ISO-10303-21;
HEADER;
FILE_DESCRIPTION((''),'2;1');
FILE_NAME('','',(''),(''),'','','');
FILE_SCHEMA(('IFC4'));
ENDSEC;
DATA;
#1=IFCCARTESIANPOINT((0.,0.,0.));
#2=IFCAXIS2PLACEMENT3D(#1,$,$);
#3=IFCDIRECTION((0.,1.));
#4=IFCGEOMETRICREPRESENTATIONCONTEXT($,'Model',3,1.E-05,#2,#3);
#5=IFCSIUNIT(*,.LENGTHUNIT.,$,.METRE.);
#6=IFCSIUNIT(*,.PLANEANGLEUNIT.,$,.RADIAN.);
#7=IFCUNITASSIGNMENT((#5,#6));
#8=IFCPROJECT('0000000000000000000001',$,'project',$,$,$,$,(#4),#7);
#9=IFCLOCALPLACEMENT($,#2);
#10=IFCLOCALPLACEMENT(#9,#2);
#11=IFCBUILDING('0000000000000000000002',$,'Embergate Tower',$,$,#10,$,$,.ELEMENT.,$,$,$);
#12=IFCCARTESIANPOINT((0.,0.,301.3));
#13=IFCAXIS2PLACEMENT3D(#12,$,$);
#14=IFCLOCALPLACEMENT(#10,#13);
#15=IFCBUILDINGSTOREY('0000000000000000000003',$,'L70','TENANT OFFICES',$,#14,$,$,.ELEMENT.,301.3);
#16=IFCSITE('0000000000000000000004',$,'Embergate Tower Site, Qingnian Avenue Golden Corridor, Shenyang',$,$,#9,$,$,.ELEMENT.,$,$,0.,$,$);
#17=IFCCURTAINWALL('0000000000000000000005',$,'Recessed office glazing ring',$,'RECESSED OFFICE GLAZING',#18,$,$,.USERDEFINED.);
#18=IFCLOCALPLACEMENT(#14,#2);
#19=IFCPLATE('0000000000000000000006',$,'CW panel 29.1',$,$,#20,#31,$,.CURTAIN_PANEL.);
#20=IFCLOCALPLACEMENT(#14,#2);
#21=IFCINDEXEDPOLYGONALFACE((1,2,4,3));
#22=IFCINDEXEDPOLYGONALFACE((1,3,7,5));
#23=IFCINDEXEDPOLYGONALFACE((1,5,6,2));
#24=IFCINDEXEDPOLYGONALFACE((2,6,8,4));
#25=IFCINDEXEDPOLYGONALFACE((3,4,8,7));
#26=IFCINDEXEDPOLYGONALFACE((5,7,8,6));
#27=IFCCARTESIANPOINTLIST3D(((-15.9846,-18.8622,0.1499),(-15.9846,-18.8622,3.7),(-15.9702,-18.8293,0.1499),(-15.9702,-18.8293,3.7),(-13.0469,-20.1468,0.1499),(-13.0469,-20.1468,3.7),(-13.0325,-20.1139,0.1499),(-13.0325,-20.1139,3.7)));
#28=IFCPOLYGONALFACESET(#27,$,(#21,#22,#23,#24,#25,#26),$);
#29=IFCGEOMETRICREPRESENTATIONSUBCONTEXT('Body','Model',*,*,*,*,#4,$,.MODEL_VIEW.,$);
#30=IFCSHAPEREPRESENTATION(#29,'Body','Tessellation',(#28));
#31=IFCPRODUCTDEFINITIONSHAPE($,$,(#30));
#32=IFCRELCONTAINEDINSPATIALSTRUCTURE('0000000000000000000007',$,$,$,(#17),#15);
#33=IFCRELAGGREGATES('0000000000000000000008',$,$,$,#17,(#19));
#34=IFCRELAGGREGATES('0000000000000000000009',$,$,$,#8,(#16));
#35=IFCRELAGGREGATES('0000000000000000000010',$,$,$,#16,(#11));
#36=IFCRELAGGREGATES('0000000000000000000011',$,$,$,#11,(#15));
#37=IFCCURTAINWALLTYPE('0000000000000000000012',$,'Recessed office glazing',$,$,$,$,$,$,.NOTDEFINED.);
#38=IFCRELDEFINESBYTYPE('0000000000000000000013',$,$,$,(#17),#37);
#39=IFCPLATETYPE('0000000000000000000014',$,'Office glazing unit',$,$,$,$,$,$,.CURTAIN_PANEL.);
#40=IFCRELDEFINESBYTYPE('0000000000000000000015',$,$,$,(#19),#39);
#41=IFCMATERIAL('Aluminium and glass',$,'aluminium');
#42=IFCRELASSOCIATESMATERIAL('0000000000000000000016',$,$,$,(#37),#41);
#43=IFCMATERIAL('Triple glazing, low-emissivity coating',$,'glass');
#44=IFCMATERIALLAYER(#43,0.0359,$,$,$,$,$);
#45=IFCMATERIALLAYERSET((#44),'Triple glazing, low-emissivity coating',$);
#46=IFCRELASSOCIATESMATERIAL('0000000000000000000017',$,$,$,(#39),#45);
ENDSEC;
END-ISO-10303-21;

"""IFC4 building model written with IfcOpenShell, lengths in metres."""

from ifc_helpers import new_model, si_unit, direction, frame, origin, origin_2d, place, context, subcontext, project, spatial, rectangle, extrude, source, transform, mapped, material, layer, layer_set, type_object, element, aggregate, save


model = new_model("IFC4")

# Units and contexts
model_context = context("Model", 3, precision=1e-05, world=origin(), true_north=direction((0.0, 1.0)))
body_context = subcontext(model_context, "Body", "Model", "MODEL_VIEW")
ifc_project = project(units=[si_unit("LENGTHUNIT", "METRE"), si_unit("PLANEANGLEUNIT", "RADIAN")], contexts=[model_context])

# Site, building, storey
site_placement = place(None, origin())
site = spatial("IfcSite", under=ifc_project, at=site_placement, Name="Embergate Tower Site, Qingnian Avenue Golden Corridor, Shenyang", CompositionType="ELEMENT", RefElevation=0.0)
building_placement = place(site_placement, origin())
building = spatial("IfcBuilding", under=site, at=building_placement, Name="Embergate Tower", CompositionType="ELEMENT")
storey_placement = place(building_placement, frame((0.0, 0.0, 301.3)))
storey = spatial("IfcBuildingStorey", under=building, at=storey_placement, Name="L70", Description="TENANT OFFICES", CompositionType="ELEMENT", Elevation=301.3)

# Curtain wall, plate
ifc_material_1 = material(Name="Aluminium and glass", Category="aluminium")
curtain_wall_type = type_object("IfcCurtainWallType", Name="Recessed office glazing", PredefinedType="NOTDEFINED", material=ifc_material_1)
curtain_wall_placement = place(storey_placement, origin())
curtain_wall = element("IfcCurtainWall", 1, at=curtain_wall_placement, inside=storey, type_object=curtain_wall_type, Name="Recessed office glazing ring", ObjectType="RECESSED OFFICE GLAZING", PredefinedType="USERDEFINED")
ifc_material_2 = material(Name="Triple glazing, low-emissivity coating", Category="glass")
ifc_layer = layer(ifc_material_2, 0.0359)
ifc_layer_set = layer_set([ifc_layer], Name="Triple glazing, low-emissivity coating")
plate_type = type_object("IfcPlateType", Name="Office glazing unit", PredefinedType="CURTAIN_PANEL", material=ifc_layer_set)
shared_shape_1 = source(origin(), body_context, "Body", "SweptSolid", [
    extrude(rectangle(XDim=3.2063, YDim=0.0359, at=origin_2d()), origin(), (0.0, 0.0, 1.0), 3.55),
])
plate_1_placement = place(storey_placement, frame((-14.5085, -19.488, 0.1499), z_axis=(0.0, 0.0, 1.0), x_axis=(0.916234, -0.400643, 0.0)))
plate_1 = element("IfcPlate", 2, at=plate_1_placement, type_object=plate_type, Name="CW panel 29.1", PredefinedType="CURTAIN_PANEL", context=body_context, shape_type="MappedRepresentation", body=[
    mapped(shared_shape_1, transform((0.0, 0.0, 0.0))),
])
aggregate(curtain_wall, [plate_1])

save(model, "model.ifc")
